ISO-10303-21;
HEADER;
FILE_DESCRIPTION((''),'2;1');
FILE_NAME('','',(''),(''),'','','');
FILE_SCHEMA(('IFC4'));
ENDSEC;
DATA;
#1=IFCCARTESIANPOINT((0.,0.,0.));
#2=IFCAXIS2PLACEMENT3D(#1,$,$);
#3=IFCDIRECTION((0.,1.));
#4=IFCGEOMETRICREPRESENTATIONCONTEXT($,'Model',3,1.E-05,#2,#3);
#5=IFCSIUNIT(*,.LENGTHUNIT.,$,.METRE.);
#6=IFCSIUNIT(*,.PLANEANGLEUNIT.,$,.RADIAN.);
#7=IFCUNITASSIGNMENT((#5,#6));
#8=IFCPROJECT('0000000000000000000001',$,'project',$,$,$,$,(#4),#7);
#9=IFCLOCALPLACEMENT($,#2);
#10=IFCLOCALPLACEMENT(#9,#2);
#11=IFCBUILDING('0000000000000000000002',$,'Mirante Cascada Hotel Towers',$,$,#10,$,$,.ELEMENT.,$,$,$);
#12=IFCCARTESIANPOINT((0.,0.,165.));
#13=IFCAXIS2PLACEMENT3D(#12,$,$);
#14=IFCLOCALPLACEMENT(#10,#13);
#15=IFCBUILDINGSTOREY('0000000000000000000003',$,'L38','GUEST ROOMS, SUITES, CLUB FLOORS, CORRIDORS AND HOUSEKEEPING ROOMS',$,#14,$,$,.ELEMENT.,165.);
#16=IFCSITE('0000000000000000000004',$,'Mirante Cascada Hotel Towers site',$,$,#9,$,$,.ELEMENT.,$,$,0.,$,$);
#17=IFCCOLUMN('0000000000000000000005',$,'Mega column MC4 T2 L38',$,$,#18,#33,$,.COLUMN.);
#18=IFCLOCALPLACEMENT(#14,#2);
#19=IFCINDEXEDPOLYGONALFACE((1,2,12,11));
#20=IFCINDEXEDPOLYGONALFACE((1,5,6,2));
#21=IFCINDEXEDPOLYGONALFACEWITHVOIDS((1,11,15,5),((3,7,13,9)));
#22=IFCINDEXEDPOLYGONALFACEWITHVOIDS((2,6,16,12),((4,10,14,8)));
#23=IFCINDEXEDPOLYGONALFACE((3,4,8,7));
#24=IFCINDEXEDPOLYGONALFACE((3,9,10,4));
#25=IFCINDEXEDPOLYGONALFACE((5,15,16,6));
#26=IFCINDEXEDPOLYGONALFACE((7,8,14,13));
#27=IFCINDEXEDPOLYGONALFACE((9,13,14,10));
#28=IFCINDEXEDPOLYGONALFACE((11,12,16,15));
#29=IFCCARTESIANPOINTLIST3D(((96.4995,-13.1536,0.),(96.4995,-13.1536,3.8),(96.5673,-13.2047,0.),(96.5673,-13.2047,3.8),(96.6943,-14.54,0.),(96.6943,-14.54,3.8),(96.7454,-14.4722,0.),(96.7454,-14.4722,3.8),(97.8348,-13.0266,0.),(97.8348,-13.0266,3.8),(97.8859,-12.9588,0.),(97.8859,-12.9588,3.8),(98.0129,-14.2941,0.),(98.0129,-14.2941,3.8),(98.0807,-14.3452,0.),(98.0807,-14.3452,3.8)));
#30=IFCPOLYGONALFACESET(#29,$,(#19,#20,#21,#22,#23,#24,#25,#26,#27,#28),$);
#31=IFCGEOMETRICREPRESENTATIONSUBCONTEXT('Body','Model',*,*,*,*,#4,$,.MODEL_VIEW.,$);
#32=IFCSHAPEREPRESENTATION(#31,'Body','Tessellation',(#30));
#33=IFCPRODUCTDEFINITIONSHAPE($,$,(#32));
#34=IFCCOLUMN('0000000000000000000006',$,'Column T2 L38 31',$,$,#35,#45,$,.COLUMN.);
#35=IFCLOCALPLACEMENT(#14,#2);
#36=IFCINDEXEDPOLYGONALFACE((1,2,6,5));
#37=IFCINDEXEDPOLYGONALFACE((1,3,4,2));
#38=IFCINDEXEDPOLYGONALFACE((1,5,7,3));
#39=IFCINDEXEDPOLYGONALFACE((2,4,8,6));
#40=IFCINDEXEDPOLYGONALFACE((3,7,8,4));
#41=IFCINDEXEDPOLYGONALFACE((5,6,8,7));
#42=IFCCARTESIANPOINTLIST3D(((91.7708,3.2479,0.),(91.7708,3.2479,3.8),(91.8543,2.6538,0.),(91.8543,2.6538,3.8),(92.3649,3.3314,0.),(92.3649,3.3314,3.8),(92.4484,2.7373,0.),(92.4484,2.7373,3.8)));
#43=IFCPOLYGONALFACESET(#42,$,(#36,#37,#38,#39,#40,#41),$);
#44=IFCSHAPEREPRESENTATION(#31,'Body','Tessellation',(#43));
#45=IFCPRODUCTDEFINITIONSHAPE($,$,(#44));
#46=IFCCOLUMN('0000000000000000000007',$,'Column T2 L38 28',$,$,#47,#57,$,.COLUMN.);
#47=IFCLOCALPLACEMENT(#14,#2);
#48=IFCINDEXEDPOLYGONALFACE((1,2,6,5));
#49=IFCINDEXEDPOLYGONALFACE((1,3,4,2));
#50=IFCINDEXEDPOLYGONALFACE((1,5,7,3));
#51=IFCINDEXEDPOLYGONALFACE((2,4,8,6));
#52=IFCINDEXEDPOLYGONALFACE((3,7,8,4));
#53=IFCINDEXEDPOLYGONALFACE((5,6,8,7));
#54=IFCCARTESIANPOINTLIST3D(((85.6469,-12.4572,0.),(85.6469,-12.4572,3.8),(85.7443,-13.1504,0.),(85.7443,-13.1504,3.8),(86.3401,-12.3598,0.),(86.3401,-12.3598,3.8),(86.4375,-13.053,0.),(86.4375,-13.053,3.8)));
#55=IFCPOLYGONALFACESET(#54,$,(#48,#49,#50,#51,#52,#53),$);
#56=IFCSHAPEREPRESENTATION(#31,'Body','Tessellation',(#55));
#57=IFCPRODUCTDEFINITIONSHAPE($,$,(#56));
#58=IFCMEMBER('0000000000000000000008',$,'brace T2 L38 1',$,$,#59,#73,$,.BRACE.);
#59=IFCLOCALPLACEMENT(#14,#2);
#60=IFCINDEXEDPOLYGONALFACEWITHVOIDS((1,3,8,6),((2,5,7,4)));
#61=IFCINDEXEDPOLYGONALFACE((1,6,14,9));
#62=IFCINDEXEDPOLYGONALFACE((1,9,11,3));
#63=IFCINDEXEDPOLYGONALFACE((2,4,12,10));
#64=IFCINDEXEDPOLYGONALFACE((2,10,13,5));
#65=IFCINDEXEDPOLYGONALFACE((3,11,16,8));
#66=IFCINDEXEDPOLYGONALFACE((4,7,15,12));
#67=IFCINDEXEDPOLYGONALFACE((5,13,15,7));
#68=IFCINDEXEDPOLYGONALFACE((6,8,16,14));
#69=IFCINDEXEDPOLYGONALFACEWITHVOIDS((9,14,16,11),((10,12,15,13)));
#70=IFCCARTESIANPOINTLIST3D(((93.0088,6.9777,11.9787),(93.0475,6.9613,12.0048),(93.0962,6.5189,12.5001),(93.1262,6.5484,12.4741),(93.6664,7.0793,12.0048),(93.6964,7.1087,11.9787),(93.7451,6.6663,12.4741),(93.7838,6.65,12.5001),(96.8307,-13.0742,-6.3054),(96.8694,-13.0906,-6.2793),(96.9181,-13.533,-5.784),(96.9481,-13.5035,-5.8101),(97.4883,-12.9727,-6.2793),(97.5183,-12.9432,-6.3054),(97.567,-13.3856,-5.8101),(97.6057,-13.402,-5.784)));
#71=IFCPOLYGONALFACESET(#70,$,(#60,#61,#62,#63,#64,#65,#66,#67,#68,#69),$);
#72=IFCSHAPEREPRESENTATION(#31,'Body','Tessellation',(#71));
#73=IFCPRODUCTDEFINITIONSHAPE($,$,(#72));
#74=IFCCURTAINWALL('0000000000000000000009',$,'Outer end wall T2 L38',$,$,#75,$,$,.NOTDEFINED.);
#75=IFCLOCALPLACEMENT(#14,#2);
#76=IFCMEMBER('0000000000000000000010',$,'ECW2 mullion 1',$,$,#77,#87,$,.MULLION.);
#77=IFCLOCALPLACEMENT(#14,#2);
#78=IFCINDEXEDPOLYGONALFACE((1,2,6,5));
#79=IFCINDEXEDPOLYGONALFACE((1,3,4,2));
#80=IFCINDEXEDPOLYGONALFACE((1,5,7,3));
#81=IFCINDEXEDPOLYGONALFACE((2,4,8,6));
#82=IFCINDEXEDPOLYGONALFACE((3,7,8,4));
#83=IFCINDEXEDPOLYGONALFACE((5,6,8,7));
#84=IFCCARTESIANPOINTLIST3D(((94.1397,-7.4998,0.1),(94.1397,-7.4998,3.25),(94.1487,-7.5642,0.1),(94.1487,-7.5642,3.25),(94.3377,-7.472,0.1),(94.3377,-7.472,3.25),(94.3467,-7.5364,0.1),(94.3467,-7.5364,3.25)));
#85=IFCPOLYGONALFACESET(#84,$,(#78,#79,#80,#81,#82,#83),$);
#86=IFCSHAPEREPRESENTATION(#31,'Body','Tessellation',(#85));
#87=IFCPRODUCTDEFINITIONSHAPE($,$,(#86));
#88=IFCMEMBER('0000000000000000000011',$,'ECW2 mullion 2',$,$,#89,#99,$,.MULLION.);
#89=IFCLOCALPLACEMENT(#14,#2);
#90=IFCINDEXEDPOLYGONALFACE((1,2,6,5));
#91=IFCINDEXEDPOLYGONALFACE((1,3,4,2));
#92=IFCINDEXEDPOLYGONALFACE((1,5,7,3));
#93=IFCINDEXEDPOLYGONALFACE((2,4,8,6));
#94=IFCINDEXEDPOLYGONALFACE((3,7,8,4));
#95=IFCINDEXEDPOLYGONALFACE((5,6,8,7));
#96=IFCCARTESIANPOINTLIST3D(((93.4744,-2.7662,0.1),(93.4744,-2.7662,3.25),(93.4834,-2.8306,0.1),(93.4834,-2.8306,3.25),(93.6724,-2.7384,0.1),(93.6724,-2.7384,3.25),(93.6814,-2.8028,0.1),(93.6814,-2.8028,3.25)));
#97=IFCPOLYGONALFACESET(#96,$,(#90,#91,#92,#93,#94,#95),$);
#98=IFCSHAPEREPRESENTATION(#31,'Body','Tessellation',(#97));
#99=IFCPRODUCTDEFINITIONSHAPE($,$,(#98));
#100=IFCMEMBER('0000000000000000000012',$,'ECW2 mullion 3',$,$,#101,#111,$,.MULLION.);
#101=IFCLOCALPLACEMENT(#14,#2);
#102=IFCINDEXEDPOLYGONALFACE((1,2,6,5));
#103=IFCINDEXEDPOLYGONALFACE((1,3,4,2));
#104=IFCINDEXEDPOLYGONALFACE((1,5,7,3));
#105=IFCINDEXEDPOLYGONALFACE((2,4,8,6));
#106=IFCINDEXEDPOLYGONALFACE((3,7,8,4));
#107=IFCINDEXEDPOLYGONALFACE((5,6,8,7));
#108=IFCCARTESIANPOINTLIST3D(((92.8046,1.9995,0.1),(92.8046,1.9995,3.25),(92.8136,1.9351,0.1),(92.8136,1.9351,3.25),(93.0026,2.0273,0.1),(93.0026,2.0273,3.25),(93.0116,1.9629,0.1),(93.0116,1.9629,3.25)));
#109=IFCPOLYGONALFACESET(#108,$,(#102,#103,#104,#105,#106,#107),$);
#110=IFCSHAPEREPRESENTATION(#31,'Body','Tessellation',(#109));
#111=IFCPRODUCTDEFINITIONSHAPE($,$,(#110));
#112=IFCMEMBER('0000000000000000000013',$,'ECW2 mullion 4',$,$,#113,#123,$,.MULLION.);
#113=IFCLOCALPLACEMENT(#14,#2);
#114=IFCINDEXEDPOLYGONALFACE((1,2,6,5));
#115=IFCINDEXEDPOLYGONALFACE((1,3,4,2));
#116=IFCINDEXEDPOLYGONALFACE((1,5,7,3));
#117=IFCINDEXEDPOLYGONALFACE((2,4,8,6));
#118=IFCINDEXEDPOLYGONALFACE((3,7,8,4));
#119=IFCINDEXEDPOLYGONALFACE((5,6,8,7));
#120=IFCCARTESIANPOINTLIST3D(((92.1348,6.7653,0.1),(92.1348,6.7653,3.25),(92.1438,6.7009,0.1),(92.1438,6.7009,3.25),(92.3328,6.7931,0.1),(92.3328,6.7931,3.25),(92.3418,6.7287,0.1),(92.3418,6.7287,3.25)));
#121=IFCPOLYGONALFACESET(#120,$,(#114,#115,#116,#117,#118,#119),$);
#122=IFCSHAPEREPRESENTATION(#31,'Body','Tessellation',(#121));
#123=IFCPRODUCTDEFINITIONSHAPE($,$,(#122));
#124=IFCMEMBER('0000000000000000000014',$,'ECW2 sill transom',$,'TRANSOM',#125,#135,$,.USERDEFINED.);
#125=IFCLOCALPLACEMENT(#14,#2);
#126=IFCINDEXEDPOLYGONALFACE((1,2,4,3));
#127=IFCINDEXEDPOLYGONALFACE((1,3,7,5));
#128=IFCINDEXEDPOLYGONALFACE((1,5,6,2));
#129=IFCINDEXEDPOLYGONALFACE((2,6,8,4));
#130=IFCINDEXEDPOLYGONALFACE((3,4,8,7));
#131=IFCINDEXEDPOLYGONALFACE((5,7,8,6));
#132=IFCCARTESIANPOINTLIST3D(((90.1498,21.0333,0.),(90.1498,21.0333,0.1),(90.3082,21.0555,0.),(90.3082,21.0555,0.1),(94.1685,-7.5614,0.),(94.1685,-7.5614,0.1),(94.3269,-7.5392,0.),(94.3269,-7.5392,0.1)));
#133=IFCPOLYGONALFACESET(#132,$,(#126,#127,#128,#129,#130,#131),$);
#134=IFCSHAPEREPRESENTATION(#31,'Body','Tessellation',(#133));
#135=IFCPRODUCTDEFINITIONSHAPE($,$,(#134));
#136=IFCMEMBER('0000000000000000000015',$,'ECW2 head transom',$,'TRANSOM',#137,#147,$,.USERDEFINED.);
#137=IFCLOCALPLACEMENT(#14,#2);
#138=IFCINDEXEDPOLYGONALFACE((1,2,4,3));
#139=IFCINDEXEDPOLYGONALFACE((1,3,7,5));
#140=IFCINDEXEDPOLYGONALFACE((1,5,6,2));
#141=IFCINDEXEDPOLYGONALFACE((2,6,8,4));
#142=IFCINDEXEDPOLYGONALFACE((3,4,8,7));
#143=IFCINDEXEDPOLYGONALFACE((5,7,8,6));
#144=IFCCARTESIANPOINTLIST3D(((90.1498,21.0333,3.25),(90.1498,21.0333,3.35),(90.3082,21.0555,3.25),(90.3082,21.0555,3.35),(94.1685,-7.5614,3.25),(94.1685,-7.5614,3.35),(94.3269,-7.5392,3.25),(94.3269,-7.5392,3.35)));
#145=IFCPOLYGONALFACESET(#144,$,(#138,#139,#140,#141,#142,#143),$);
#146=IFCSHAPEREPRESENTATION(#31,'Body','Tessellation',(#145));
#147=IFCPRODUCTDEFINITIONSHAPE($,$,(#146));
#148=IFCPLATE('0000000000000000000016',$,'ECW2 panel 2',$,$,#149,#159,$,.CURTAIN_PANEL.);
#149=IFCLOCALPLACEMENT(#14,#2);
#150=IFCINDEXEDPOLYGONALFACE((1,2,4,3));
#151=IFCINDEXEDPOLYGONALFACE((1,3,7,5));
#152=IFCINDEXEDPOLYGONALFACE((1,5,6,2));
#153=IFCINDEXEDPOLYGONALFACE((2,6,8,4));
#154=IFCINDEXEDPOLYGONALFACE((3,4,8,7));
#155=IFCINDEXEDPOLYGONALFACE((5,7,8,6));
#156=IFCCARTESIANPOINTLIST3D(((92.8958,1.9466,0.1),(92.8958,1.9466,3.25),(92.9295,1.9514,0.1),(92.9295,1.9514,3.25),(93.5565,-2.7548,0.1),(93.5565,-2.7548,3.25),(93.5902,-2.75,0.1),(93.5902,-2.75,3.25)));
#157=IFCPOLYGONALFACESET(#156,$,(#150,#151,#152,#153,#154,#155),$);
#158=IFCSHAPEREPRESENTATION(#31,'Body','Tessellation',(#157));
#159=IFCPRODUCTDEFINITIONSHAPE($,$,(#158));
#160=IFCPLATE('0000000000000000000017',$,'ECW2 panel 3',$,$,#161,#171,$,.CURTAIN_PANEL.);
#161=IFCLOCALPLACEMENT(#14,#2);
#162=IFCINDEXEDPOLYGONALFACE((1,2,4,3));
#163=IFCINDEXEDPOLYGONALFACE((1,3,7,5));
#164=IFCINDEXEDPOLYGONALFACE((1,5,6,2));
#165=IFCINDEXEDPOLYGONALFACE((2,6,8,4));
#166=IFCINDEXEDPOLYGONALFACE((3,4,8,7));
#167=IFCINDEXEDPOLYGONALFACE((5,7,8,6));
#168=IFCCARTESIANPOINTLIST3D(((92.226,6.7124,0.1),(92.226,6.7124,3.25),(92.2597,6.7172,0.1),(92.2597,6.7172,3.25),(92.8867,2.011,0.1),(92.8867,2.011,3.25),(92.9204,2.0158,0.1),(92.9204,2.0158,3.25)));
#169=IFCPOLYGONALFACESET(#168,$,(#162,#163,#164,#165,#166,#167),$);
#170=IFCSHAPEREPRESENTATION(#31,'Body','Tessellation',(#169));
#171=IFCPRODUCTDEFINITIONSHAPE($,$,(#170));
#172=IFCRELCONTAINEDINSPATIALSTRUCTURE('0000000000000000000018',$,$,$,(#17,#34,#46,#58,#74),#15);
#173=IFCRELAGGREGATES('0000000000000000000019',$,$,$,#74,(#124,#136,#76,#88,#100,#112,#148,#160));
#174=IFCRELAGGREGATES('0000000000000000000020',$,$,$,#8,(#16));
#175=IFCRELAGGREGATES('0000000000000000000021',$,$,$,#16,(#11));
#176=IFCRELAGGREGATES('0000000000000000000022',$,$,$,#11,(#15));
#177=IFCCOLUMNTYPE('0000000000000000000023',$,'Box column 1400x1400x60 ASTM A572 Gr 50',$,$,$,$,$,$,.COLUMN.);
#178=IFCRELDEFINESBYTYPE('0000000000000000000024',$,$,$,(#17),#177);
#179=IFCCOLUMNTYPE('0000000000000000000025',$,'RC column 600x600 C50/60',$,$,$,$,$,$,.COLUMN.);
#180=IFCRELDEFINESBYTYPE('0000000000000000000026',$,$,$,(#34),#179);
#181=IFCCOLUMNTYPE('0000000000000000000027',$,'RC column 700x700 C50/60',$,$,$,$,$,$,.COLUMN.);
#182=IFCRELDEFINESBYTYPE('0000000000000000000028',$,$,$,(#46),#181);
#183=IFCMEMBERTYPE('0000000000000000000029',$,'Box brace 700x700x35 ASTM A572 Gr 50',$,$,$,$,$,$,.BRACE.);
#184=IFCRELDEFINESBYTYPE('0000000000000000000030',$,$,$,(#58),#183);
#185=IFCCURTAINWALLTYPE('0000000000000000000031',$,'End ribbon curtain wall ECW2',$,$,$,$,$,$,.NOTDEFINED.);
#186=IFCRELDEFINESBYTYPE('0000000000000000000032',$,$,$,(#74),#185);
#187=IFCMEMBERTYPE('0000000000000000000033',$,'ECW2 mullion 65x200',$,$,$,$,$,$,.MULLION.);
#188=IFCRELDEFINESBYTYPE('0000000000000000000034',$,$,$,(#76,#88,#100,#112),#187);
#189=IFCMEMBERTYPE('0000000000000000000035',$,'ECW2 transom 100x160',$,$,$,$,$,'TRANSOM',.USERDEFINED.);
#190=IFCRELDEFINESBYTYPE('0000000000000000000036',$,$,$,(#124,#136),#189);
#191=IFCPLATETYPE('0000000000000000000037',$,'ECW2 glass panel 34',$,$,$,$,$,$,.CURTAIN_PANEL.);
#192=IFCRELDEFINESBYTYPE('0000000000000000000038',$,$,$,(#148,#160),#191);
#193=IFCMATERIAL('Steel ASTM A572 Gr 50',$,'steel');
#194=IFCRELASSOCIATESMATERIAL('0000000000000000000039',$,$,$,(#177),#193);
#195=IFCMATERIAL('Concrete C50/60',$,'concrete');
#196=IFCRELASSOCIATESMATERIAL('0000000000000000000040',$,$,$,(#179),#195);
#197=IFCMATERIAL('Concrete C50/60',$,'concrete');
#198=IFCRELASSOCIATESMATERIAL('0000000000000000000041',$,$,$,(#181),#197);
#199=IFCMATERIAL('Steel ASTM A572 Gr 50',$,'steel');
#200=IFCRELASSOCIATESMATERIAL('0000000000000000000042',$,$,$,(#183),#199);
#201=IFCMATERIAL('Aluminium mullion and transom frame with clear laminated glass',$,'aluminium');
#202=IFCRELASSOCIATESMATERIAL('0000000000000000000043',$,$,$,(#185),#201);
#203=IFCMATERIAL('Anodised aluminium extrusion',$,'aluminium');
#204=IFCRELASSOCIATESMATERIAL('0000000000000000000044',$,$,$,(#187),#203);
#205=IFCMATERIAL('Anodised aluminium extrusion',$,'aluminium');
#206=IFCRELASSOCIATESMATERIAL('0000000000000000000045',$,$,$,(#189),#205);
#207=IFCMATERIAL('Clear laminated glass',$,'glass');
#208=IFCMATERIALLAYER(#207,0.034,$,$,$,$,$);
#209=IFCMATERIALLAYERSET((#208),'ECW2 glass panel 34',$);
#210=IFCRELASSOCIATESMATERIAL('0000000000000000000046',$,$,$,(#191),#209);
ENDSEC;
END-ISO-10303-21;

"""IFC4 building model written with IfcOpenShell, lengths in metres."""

from ifc_helpers import new_model, si_unit, direction, frame, origin, origin_2d, place, context, subcontext, project, spatial, rectangle, hollow_rectangle, extrude, material, layer, layer_set, material_profile, profile_set, type_object, element, aggregate, save


model = new_model("IFC4")

# Units and contexts
model_context = context("Model", 3, precision=1e-05, world=origin(), true_north=direction((0.0, 1.0)))
body_context = subcontext(model_context, "Body", "Model", "MODEL_VIEW")
ifc_project = project(units=[si_unit("LENGTHUNIT", "METRE"), si_unit("PLANEANGLEUNIT", "RADIAN")], contexts=[model_context])

# Site, building, storey
site_placement = place(None, origin())
site = spatial("IfcSite", under=ifc_project, at=site_placement, Name="Mirante Cascada Hotel Towers site", CompositionType="ELEMENT", RefElevation=0.0)
building_placement = place(site_placement, origin())
building = spatial("IfcBuilding", under=site, at=building_placement, Name="Mirante Cascada Hotel Towers", CompositionType="ELEMENT")
storey_placement = place(building_placement, frame((0.0, 0.0, 165.0)))
storey = spatial("IfcBuildingStorey", under=building, at=storey_placement, Name="L38", Description="GUEST ROOMS, SUITES, CLUB FLOORS, CORRIDORS AND HOUSEKEEPING ROOMS", CompositionType="ELEMENT", Elevation=165.0)

# Columns
ifc_material_1 = material(Name="Steel ASTM A572 Gr 50", Category="steel")
ifc_material_profile_1 = material_profile(ifc_material_1, hollow_rectangle(XDim=1.4, YDim=1.4, WallThickness=0.06, at=origin_2d()), Name="Box column 1400x1400x60 ASTM A572 Gr 50")
ifc_profile_set_1 = profile_set([ifc_material_profile_1], Name="Steel ASTM A572 Gr 50")
column_type_1 = type_object("IfcColumnType", Name="Box column 1400x1400x60 ASTM A572 Gr 50", PredefinedType="COLUMN", material=ifc_profile_set_1)
column_1_placement = place(storey_placement, frame((97.2901, -13.7494, 0.0), z_axis=(0.0, 0.0, 1.0), x_axis=(0.990268, 0.139173, 0.0)))
element("IfcColumn", 1, at=column_1_placement, inside=storey, type_object=column_type_1, Name="Mega column MC4 T2 L38", PredefinedType="COLUMN", context=body_context, shape_type="SweptSolid", body=[
    extrude(hollow_rectangle(XDim=1.4, YDim=1.4, WallThickness=0.06, at=origin_2d()), origin(), (0.0, 0.0, 1.0), 3.8),
])
ifc_material_2 = material(Name="Concrete C50/60", Category="concrete")
ifc_material_profile_2 = material_profile(ifc_material_2, rectangle(XDim=0.6, YDim=0.6, at=origin_2d()), Name="RC column 600x600 C50/60")
ifc_profile_set_2 = profile_set([ifc_material_profile_2], Name="Concrete C50/60")
column_type_2 = type_object("IfcColumnType", Name="RC column 600x600 C50/60", PredefinedType="COLUMN", material=ifc_profile_set_2)
column_2_placement = place(storey_placement, frame((92.1096, 2.9926, 0.0), z_axis=(0.0, 0.0, 1.0), x_axis=(0.990268, 0.139173, 0.0)))
element("IfcColumn", 2, at=column_2_placement, inside=storey, type_object=column_type_2, Name="Column T2 L38 31", PredefinedType="COLUMN", context=body_context, shape_type="SweptSolid", body=[
    extrude(rectangle(XDim=0.6, YDim=0.6, at=origin_2d()), origin(), (0.0, 0.0, 1.0), 3.8),
])
ifc_material_3 = material(Name="Concrete C50/60", Category="concrete")
ifc_material_profile_3 = material_profile(ifc_material_3, rectangle(XDim=0.7, YDim=0.7, at=origin_2d()), Name="RC column 700x700 C50/60")
ifc_profile_set_3 = profile_set([ifc_material_profile_3], Name="Concrete C50/60")
column_type_3 = type_object("IfcColumnType", Name="RC column 700x700 C50/60", PredefinedType="COLUMN", material=ifc_profile_set_3)
column_3_placement = place(storey_placement, frame((86.0422, -12.7551, 0.0), z_axis=(0.0, 0.0, 1.0), x_axis=(0.990268, 0.139173, 0.0)))
element("IfcColumn", 3, at=column_3_placement, inside=storey, type_object=column_type_3, Name="Column T2 L38 28", PredefinedType="COLUMN", context=body_context, shape_type="SweptSolid", body=[
    extrude(rectangle(XDim=0.7, YDim=0.7, at=origin_2d()), origin(), (0.0, 0.0, 1.0), 3.8),
])

# Member
ifc_material_4 = material(Name="Steel ASTM A572 Gr 50", Category="steel")
ifc_material_profile_4 = material_profile(ifc_material_4, hollow_rectangle(XDim=0.7, YDim=0.7, WallThickness=0.035, at=origin_2d()), Name="Box brace 700x700x35 ASTM A572 Gr 50")
ifc_profile_set_4 = profile_set([ifc_material_profile_4], Name="Steel ASTM A572 Gr 50")
member_type_1 = type_object("IfcMemberType", Name="Box brace 700x700x35 ASTM A572 Gr 50", PredefinedType="BRACE", material=ifc_profile_set_4)
member_1_placement = place(storey_placement, frame((97.2182, -13.2381, -6.0447), z_axis=(-0.139464, 0.731707, 0.667199), x_axis=(-0.982316, -0.18723, 0.0)))
element("IfcMember", 4, at=member_1_placement, inside=storey, type_object=member_type_1, Name="brace T2 L38 1", PredefinedType="BRACE", context=body_context, shape_type="SweptSolid", body=[
    extrude(hollow_rectangle(XDim=0.7, YDim=0.7, WallThickness=0.035, at=origin_2d()), origin(), (0.0, 0.0, 1.0), 27.4043),
])

# Curtain wall, members, plates
ifc_material_5 = material(Name="Aluminium mullion and transom frame with clear laminated glass", Category="aluminium")
curtain_wall_type = type_object("IfcCurtainWallType", Name="End ribbon curtain wall ECW2", PredefinedType="NOTDEFINED", material=ifc_material_5)
curtain_wall_placement = place(storey_placement, origin())
curtain_wall = element("IfcCurtainWall", 5, at=curtain_wall_placement, inside=storey, type_object=curtain_wall_type, Name="Outer end wall T2 L38", PredefinedType="NOTDEFINED")
ifc_material_6 = material(Name="Anodised aluminium extrusion", Category="aluminium")
ifc_material_profile_5 = material_profile(ifc_material_6, rectangle(XDim=0.2, YDim=0.065, at=origin_2d()), Name="ECW2 MULLION 65x200")
ifc_profile_set_5 = profile_set([ifc_material_profile_5], Name="Anodised aluminium extrusion")
member_type_2 = type_object("IfcMemberType", Name="ECW2 mullion 65x200", PredefinedType="MULLION", material=ifc_profile_set_5)
member_2_placement = place(storey_placement, frame((94.2432, -7.5181, 0.1), z_axis=(0.0, 0.0, 1.0), x_axis=(-0.990268, -0.139173, 0.0)))
member_2 = element("IfcMember", 6, at=member_2_placement, type_object=member_type_2, Name="ECW2 mullion 1", PredefinedType="MULLION", context=body_context, shape_type="SweptSolid", body=[
    extrude(rectangle(XDim=0.2, YDim=0.065, at=origin_2d()), origin(), (0.0, 0.0, 1.0), 3.15),
])
member_3_placement = place(storey_placement, frame((93.5779, -2.7845, 0.1), z_axis=(0.0, 0.0, 1.0), x_axis=(-0.990268, -0.139173, 0.0)))
member_3 = element("IfcMember", 7, at=member_3_placement, type_object=member_type_2, Name="ECW2 mullion 2", PredefinedType="MULLION", context=body_context, shape_type="SweptSolid", body=[
    extrude(rectangle(XDim=0.2, YDim=0.065, at=origin_2d()), origin(), (0.0, 0.0, 1.0), 3.15),
])
member_4_placement = place(storey_placement, frame((92.9081, 1.9812, 0.1), z_axis=(0.0, 0.0, 1.0), x_axis=(-0.990268, -0.139173, 0.0)))
member_4 = element("IfcMember", 8, at=member_4_placement, type_object=member_type_2, Name="ECW2 mullion 3", PredefinedType="MULLION", context=body_context, shape_type="SweptSolid", body=[
    extrude(rectangle(XDim=0.2, YDim=0.065, at=origin_2d()), origin(), (0.0, 0.0, 1.0), 3.15),
])
member_5_placement = place(storey_placement, frame((92.2383, 6.747, 0.1), z_axis=(0.0, 0.0, 1.0), x_axis=(-0.990268, -0.139173, 0.0)))
member_5 = element("IfcMember", 9, at=member_5_placement, type_object=member_type_2, Name="ECW2 mullion 4", PredefinedType="MULLION", context=body_context, shape_type="SweptSolid", body=[
    extrude(rectangle(XDim=0.2, YDim=0.065, at=origin_2d()), origin(), (0.0, 0.0, 1.0), 3.15),
])
ifc_material_7 = material(Name="Anodised aluminium extrusion", Category="aluminium")
ifc_material_profile_6 = material_profile(ifc_material_7, rectangle(XDim=0.16, YDim=0.1, at=origin_2d()), Name="ECW2 TRANSOM 100x160")
ifc_profile_set_6 = profile_set([ifc_material_profile_6], Name="Anodised aluminium extrusion")
member_type_3 = type_object("IfcMemberType", Name="ECW2 transom 100x160", ElementType="TRANSOM", PredefinedType="USERDEFINED", material=ifc_profile_set_6)
member_6_placement = place(storey_placement, frame((94.2477, -7.5503, 0.05), z_axis=(-0.139172, 0.990268, 0.0), x_axis=(-0.990268, -0.139172, 0.0)))
member_6 = element("IfcMember", 10, at=member_6_placement, type_object=member_type_3, Name="ECW2 sill transom", ObjectType="TRANSOM", PredefinedType="USERDEFINED", context=body_context, shape_type="SweptSolid", body=[
    extrude(rectangle(XDim=0.16, YDim=0.1, at=origin_2d()), origin(), (0.0, 0.0, 1.0), 28.8757),
])
member_7_placement = place(storey_placement, frame((94.2477, -7.5503, 3.3), z_axis=(-0.139172, 0.990268, 0.0), x_axis=(-0.990268, -0.139172, 0.0)))
member_7 = element("IfcMember", 11, at=member_7_placement, type_object=member_type_3, Name="ECW2 head transom", ObjectType="TRANSOM", PredefinedType="USERDEFINED", context=body_context, shape_type="SweptSolid", body=[
    extrude(rectangle(XDim=0.16, YDim=0.1, at=origin_2d()), origin(), (0.0, 0.0, 1.0), 28.8757),
])
ifc_material_8 = material(Name="Clear laminated glass", Category="glass")
ifc_layer_1 = layer(ifc_material_8, 0.034)
ifc_layer_set_1 = layer_set([ifc_layer_1], Name="ECW2 glass panel 34")
plate_type_1 = type_object("IfcPlateType", Name="ECW2 glass panel 34", PredefinedType="CURTAIN_PANEL", material=ifc_layer_set_1)
plate_1_placement = place(storey_placement, frame((93.243, -0.4017, 0.1), z_axis=(0.0, 0.0, 1.0), x_axis=(-0.139173, 0.990268, 0.0)))
plate_1 = element("IfcPlate", 12, at=plate_1_placement, type_object=plate_type_1, Name="ECW2 panel 2", PredefinedType="CURTAIN_PANEL", context=body_context, shape_type="SweptSolid", body=[
    extrude(rectangle(XDim=4.7476, YDim=0.034, at=origin_2d()), origin(), (0.0, 0.0, 1.0), 3.15),
])
plate_2_placement = place(storey_placement, frame((92.5732, 4.3641, 0.1), z_axis=(0.0, 0.0, 1.0), x_axis=(-0.139173, 0.990268, 0.0)))
plate_2 = element("IfcPlate", 13, at=plate_2_placement, type_object=plate_type_1, Name="ECW2 panel 3", PredefinedType="CURTAIN_PANEL", context=body_context, shape_type="SweptSolid", body=[
    extrude(rectangle(XDim=4.7476, YDim=0.034, at=origin_2d()), origin(), (0.0, 0.0, 1.0), 3.15),
])
aggregate(curtain_wall, [member_6, member_7, member_2, member_3, member_4, member_5, plate_1, plate_2])

save(model, "model.ifc")
